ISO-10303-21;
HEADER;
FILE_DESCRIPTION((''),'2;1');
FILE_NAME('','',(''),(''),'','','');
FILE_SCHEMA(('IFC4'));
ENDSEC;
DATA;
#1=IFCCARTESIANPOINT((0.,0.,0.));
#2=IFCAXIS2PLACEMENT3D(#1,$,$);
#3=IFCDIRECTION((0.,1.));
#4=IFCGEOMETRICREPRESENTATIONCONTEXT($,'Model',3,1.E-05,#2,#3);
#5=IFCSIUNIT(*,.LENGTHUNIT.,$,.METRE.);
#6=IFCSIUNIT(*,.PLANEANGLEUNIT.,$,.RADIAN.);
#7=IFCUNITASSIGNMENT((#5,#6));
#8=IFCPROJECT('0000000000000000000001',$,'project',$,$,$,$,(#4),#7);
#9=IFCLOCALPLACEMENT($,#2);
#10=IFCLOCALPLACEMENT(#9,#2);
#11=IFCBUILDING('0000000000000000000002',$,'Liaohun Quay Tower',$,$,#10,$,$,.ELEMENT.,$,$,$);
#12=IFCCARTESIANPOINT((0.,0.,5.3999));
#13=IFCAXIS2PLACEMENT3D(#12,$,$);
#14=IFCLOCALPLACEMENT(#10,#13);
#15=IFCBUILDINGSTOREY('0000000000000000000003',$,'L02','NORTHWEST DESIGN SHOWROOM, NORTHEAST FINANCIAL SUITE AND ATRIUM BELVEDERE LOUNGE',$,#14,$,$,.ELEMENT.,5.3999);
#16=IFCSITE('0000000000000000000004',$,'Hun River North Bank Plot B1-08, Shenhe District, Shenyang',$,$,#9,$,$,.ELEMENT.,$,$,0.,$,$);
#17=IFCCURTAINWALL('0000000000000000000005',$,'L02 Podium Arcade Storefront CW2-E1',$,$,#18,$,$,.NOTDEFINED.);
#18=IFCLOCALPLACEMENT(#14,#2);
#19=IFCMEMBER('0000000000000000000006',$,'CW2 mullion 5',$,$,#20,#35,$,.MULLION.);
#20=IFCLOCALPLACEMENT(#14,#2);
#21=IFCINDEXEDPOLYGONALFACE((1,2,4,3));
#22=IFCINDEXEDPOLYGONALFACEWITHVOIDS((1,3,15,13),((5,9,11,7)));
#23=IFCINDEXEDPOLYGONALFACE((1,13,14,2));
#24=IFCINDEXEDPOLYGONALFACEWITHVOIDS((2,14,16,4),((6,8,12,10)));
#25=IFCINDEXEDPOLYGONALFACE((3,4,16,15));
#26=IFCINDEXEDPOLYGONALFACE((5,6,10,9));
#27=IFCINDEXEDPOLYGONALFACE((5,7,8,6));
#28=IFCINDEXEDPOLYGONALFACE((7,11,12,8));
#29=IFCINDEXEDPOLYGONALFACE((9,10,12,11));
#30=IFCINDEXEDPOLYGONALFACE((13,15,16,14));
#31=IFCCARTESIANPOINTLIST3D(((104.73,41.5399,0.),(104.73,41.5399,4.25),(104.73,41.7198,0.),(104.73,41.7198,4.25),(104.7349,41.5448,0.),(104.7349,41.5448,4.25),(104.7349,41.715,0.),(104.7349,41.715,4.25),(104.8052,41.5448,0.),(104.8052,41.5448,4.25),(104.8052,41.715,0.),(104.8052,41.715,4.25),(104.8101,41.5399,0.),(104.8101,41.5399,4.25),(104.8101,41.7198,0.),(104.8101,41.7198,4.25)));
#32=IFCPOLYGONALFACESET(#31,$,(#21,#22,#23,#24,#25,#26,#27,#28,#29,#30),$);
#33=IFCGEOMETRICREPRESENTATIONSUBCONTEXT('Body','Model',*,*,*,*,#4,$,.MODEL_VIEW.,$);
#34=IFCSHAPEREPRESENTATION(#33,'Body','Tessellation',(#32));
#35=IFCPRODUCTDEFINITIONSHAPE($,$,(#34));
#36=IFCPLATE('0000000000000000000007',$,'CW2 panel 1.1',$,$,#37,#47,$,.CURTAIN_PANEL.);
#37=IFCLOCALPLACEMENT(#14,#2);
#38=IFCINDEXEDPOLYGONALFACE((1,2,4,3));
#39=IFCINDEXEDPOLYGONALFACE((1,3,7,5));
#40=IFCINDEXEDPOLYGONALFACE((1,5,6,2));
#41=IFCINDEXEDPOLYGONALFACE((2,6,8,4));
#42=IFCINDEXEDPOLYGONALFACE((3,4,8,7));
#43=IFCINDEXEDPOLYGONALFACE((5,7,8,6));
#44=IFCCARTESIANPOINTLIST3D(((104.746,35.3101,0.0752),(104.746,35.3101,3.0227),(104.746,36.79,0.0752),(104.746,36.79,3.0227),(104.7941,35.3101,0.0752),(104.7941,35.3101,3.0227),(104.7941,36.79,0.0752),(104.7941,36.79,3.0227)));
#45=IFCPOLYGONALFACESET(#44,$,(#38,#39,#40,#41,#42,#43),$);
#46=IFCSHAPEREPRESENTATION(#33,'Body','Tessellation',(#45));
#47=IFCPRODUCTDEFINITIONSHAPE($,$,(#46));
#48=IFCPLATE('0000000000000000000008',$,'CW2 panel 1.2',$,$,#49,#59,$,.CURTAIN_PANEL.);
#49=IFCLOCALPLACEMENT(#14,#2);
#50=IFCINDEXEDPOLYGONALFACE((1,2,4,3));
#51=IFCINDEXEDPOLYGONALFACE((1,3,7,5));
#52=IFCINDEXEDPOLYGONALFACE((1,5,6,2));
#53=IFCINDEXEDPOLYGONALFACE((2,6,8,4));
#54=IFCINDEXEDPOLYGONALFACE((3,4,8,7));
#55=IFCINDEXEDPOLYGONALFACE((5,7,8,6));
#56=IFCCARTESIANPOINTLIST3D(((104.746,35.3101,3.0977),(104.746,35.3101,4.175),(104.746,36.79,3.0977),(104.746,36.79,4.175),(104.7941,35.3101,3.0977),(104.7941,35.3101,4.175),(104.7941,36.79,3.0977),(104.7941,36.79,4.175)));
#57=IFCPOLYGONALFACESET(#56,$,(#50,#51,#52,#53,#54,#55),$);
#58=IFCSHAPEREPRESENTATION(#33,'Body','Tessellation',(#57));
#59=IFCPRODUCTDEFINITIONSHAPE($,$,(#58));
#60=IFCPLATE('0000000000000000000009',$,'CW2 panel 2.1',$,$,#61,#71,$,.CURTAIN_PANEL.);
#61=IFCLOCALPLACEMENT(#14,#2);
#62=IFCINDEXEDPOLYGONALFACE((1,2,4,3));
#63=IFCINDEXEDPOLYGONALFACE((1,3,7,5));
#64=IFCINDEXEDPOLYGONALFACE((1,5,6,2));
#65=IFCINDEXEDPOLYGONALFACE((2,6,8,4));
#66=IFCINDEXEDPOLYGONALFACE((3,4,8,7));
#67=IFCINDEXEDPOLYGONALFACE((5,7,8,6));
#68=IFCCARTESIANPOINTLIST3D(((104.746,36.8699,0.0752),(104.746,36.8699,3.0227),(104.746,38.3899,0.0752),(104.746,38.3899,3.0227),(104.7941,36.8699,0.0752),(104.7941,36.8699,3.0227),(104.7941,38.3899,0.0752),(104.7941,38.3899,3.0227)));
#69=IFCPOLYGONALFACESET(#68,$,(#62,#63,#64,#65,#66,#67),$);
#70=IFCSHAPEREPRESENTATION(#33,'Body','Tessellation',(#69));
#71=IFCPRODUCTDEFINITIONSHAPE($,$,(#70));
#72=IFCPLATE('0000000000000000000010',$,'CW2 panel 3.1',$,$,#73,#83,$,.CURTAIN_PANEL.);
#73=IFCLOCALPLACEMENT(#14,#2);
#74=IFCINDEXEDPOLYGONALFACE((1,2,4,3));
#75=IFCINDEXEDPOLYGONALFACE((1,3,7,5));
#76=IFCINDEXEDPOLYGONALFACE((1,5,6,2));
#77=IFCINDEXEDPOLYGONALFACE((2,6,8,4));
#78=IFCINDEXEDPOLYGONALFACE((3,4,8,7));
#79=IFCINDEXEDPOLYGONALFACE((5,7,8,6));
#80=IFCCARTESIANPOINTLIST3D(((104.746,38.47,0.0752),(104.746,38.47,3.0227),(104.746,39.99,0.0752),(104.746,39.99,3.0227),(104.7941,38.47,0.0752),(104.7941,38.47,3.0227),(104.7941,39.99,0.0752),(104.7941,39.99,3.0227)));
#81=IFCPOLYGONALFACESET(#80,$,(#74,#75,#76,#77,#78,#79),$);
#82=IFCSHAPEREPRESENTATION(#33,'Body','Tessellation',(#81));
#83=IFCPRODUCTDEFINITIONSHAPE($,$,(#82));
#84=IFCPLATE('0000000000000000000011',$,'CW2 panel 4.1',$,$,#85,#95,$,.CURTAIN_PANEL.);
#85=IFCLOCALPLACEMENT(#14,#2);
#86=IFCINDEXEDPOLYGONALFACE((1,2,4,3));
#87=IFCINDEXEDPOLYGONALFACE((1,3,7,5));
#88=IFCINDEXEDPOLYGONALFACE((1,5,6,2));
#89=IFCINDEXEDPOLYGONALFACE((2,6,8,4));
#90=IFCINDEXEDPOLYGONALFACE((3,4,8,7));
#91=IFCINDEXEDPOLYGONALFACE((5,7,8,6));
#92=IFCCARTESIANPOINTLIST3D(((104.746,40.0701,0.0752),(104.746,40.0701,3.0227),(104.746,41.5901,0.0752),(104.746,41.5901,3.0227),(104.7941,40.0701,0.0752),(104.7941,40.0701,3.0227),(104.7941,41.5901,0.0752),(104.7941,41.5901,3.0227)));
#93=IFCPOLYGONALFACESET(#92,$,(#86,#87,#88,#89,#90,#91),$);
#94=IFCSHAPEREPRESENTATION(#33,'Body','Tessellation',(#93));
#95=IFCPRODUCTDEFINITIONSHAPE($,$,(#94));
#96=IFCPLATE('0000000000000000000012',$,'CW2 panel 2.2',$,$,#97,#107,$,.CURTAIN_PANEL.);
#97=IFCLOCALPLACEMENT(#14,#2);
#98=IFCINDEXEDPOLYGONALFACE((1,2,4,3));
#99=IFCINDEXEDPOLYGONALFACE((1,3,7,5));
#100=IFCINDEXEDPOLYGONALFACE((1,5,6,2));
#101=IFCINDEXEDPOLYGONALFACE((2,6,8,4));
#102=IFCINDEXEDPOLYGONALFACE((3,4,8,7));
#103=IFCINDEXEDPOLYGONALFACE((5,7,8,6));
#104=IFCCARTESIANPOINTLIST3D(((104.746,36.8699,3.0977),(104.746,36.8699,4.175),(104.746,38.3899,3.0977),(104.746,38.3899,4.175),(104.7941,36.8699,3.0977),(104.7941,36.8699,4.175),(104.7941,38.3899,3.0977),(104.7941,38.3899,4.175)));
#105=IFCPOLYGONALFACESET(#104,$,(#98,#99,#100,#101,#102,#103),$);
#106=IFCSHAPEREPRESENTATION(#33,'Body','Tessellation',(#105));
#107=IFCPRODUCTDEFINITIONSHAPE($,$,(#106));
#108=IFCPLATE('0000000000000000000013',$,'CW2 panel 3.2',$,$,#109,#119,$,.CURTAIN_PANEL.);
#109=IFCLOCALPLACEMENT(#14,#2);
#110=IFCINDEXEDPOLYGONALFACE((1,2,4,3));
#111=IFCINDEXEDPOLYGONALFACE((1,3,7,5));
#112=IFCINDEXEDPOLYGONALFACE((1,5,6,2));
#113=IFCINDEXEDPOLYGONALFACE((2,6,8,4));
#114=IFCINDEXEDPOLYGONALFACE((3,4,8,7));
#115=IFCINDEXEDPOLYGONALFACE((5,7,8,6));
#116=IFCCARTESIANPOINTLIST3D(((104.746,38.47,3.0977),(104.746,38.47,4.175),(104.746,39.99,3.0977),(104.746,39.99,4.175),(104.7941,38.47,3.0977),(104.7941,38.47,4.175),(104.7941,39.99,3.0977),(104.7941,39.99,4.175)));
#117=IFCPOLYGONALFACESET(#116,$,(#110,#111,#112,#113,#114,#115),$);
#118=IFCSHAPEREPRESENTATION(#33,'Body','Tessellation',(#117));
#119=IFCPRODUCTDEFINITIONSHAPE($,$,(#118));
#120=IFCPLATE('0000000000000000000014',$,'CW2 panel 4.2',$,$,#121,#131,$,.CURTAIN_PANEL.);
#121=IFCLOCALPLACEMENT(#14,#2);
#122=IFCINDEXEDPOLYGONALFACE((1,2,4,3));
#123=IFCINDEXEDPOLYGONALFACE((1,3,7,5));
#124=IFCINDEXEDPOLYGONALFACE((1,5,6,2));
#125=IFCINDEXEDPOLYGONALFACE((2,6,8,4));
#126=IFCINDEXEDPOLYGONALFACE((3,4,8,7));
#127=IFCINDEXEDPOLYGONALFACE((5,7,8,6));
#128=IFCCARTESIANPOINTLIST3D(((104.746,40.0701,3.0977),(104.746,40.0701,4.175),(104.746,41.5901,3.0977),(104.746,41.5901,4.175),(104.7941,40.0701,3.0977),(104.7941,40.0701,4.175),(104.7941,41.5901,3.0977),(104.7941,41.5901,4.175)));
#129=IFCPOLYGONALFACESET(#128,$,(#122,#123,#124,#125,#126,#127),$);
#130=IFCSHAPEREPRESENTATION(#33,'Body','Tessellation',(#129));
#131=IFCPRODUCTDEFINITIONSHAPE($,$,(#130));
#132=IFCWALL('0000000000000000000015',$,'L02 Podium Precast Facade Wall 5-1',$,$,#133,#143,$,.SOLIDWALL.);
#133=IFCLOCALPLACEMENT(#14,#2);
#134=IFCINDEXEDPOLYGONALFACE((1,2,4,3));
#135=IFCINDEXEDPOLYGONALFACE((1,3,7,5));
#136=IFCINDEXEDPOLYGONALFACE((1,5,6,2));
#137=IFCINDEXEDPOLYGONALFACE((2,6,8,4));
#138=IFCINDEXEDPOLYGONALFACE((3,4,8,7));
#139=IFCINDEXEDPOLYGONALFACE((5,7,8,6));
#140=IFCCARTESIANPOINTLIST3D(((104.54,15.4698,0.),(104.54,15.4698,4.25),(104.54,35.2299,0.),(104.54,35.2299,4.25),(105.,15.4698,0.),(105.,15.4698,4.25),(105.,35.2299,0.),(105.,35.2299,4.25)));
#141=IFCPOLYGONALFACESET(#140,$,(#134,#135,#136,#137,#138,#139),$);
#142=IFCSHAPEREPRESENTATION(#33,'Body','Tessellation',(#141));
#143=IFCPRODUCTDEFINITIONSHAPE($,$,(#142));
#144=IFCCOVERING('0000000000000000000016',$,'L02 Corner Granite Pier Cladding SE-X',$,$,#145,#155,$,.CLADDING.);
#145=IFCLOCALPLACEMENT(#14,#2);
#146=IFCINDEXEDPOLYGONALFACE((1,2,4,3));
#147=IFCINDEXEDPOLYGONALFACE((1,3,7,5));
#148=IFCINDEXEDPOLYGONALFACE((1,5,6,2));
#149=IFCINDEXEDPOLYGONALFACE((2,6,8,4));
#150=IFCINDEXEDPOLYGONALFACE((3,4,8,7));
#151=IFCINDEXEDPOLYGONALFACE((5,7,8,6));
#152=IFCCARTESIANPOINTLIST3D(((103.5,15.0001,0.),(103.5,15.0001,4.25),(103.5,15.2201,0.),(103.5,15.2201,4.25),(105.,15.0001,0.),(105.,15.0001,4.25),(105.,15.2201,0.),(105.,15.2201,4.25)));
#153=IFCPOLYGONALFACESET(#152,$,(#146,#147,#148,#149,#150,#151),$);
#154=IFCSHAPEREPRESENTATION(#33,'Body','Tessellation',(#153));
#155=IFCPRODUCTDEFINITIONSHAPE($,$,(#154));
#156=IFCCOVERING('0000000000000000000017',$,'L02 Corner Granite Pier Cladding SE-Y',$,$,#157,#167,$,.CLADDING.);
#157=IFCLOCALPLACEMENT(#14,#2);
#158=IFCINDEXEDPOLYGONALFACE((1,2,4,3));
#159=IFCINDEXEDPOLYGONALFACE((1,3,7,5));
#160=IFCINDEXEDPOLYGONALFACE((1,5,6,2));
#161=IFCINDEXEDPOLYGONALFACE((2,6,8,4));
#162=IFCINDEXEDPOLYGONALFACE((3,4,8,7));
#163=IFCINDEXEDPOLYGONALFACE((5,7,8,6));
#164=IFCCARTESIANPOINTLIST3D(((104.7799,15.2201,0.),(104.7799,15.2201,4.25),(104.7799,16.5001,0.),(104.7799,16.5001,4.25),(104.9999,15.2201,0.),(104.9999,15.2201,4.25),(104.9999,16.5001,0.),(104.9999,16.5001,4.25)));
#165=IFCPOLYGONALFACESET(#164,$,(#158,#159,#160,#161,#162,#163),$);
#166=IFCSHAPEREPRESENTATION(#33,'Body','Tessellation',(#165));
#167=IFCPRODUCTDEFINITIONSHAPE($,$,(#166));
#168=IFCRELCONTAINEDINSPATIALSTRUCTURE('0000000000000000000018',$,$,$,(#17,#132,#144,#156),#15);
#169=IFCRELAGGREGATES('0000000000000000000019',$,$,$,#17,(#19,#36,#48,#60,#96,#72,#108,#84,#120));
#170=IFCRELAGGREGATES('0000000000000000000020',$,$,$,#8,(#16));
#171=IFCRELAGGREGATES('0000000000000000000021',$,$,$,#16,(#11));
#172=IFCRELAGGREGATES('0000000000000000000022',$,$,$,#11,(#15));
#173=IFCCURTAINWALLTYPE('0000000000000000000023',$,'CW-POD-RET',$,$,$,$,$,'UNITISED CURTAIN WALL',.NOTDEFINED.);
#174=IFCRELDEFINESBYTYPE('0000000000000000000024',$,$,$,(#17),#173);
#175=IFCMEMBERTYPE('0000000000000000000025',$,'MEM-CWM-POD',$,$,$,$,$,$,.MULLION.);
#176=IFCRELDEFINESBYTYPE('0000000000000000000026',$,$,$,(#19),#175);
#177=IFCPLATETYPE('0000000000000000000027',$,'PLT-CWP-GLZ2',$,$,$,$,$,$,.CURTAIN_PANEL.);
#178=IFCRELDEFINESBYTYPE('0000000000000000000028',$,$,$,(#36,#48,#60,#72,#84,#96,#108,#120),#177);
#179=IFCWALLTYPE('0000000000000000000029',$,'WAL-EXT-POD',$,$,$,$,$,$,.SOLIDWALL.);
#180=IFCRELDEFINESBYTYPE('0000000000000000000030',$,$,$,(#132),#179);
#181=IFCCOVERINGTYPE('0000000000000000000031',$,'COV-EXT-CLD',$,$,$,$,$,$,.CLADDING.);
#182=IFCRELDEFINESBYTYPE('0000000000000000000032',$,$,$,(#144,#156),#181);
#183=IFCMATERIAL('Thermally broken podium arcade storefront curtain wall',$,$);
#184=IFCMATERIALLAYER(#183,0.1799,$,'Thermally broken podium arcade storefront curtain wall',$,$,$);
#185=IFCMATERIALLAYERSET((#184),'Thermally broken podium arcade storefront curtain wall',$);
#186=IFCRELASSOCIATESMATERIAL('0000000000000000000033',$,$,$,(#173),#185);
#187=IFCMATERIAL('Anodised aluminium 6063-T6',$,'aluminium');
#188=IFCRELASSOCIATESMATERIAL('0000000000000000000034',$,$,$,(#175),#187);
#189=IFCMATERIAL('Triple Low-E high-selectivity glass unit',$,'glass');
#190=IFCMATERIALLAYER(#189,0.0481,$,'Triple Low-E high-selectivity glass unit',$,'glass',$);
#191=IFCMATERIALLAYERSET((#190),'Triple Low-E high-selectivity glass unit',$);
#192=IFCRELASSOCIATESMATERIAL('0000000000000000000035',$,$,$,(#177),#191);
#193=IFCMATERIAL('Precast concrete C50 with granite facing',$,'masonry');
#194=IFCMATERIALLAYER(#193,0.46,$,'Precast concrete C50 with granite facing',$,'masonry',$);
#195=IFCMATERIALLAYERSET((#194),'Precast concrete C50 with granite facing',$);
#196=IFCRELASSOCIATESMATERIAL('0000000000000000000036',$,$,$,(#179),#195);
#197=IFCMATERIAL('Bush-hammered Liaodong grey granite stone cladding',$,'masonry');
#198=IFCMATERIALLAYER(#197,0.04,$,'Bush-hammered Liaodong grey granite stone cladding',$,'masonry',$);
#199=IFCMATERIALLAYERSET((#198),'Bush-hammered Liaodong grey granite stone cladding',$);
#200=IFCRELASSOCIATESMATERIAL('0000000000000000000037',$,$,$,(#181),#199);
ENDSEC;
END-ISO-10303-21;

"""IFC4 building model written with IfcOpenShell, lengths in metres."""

from ifc_helpers import new_model, si_unit, direction, frame, frame_2d, origin, origin_2d, place, context, subcontext, project, spatial, rectangle, hollow_rectangle, extrude, source, transform, mapped, material, layer, layer_set, material_profile, profile_set, type_object, element, aggregate, save


model = new_model("IFC4")

# Units and contexts
model_context = context("Model", 3, precision=1e-05, world=origin(), true_north=direction((0.0, 1.0)))
body_context = subcontext(model_context, "Body", "Model", "MODEL_VIEW")
ifc_project = project(units=[si_unit("LENGTHUNIT", "METRE"), si_unit("PLANEANGLEUNIT", "RADIAN")], contexts=[model_context])

# Site, building, storey
site_placement = place(None, origin())
site = spatial("IfcSite", under=ifc_project, at=site_placement, Name="Hun River North Bank Plot B1-08, Shenhe District, Shenyang", CompositionType="ELEMENT", RefElevation=0.0)
building_placement = place(site_placement, origin())
building = spatial("IfcBuilding", under=site, at=building_placement, Name="Liaohun Quay Tower", CompositionType="ELEMENT")
storey_placement = place(building_placement, frame((0.0, 0.0, 5.3999)))
storey = spatial("IfcBuildingStorey", under=building, at=storey_placement, Name="L02", Description="NORTHWEST DESIGN SHOWROOM, NORTHEAST FINANCIAL SUITE AND ATRIUM BELVEDERE LOUNGE", CompositionType="ELEMENT", Elevation=5.3999)

# Curtain wall, member, plates
ifc_material_1 = material(Name="Thermally broken podium arcade storefront curtain wall")
ifc_layer_1 = layer(ifc_material_1, 0.1799, Name="Thermally broken podium arcade storefront curtain wall")
ifc_layer_set_1 = layer_set([ifc_layer_1], Name="Thermally broken podium arcade storefront curtain wall")
curtain_wall_type = type_object("IfcCurtainWallType", Name="CW-POD-RET", ElementType="UNITISED CURTAIN WALL", PredefinedType="NOTDEFINED", material=ifc_layer_set_1)
curtain_wall_placement = place(storey_placement, origin())
curtain_wall = element("IfcCurtainWall", 1, at=curtain_wall_placement, inside=storey, type_object=curtain_wall_type, Name="L02 Podium Arcade Storefront CW2-E1", PredefinedType="NOTDEFINED")
ifc_material_2 = material(Name="Anodised aluminium 6063-T6", Category="aluminium")
ifc_material_profile_1 = material_profile(ifc_material_2, hollow_rectangle(XDim=0.0801, YDim=0.1799, WallThickness=0.0049, at=origin_2d()), Name="RHS180x80x5")
ifc_profile_set_1 = profile_set([ifc_material_profile_1], Name="Anodised aluminium 6063-T6")
member_type_1 = type_object("IfcMemberType", Name="MEM-CWM-POD", PredefinedType="MULLION", material=ifc_profile_set_1)
shared_shape_1 = source(origin(), body_context, "Body", "SweptSolid", [
    extrude(hollow_rectangle(XDim=0.0801, YDim=0.1799, WallThickness=0.0049, at=origin_2d()), origin(), (0.0, 0.0, 1.0), 4.25),
])
member_1_placement = place(storey_placement, frame((104.77, 41.6299, 0.0), z_axis=(0.0, 0.0, 1.0), x_axis=(-1.0, 0.0, 0.0)))
member_1 = element("IfcMember", 2, at=member_1_placement, type_object=member_type_1, Name="CW2 mullion 5", PredefinedType="MULLION", context=body_context, shape_type="MappedRepresentation", body=[
    mapped(shared_shape_1, transform((0.0, 0.0, 0.0), x_axis=(1.0, 0.0, 0.0), y_axis=(0.0, 1.0, 0.0), z_axis=(0.0, 0.0, 1.0), scale=1.0)),
])
ifc_material_3 = material(Name="Triple Low-E high-selectivity glass unit", Category="glass")
ifc_layer_2 = layer(ifc_material_3, 0.0481, Name="Triple Low-E high-selectivity glass unit", Category="glass")
ifc_layer_set_2 = layer_set([ifc_layer_2], Name="Triple Low-E high-selectivity glass unit")
plate_type = type_object("IfcPlateType", Name="PLT-CWP-GLZ2", PredefinedType="CURTAIN_PANEL", material=ifc_layer_set_2)
shared_shape_2 = source(origin(), body_context, "Body", "SweptSolid", [
    extrude(rectangle(XDim=1.48, YDim=0.0481, at=origin_2d()), origin(), (0.0, 0.0, 1.0), 2.9475),
])
plate_1_placement = place(storey_placement, frame((104.77, 36.05, 0.0752), z_axis=(0.0, 0.0, 1.0), x_axis=(0.0, 1.0, 0.0)))
plate_1 = element("IfcPlate", 3, at=plate_1_placement, type_object=plate_type, Name="CW2 panel 1.1", PredefinedType="CURTAIN_PANEL", context=body_context, shape_type="MappedRepresentation", body=[
    mapped(shared_shape_2, transform((0.0, 0.0, 0.0), x_axis=(1.0, 0.0, 0.0), y_axis=(0.0, 1.0, 0.0), z_axis=(0.0, 0.0, 1.0), scale=1.0)),
])
shared_shape_3 = source(origin(), body_context, "Body", "SweptSolid", [
    extrude(rectangle(XDim=1.48, YDim=0.0481, at=origin_2d()), origin(), (0.0, 0.0, 1.0), 1.0774),
])
plate_2_placement = place(storey_placement, frame((104.77, 36.05, 3.0977), z_axis=(0.0, 0.0, 1.0), x_axis=(0.0, 1.0, 0.0)))
plate_2 = element("IfcPlate", 4, at=plate_2_placement, type_object=plate_type, Name="CW2 panel 1.2", PredefinedType="CURTAIN_PANEL", context=body_context, shape_type="MappedRepresentation", body=[
    mapped(shared_shape_3, transform((0.0, 0.0, 0.0), x_axis=(1.0, 0.0, 0.0), y_axis=(0.0, 1.0, 0.0), z_axis=(0.0, 0.0, 1.0), scale=1.0)),
])
shared_shape_4 = source(origin(), body_context, "Body", "SweptSolid", [
    extrude(rectangle(XDim=1.52, YDim=0.0481, at=origin_2d()), origin(), (0.0, 0.0, 1.0), 2.9475),
])
plate_3_placement = place(storey_placement, frame((104.77, 37.6299, 0.0752), z_axis=(0.0, 0.0, 1.0), x_axis=(0.0, 1.0, 0.0)))
plate_3 = element("IfcPlate", 5, at=plate_3_placement, type_object=plate_type, Name="CW2 panel 2.1", PredefinedType="CURTAIN_PANEL", context=body_context, shape_type="MappedRepresentation", body=[
    mapped(shared_shape_4, transform((0.0, 0.0, 0.0), x_axis=(1.0, 0.0, 0.0), y_axis=(0.0, 1.0, 0.0), z_axis=(0.0, 0.0, 1.0), scale=1.0)),
])
plate_4_placement = place(storey_placement, frame((104.77, 39.23, 0.0752), z_axis=(0.0, 0.0, 1.0), x_axis=(0.0, 1.0, 0.0)))
plate_4 = element("IfcPlate", 6, at=plate_4_placement, type_object=plate_type, Name="CW2 panel 3.1", PredefinedType="CURTAIN_PANEL", context=body_context, shape_type="MappedRepresentation", body=[
    mapped(shared_shape_4, transform((0.0, 0.0, 0.0), x_axis=(1.0, 0.0, 0.0), y_axis=(0.0, 1.0, 0.0), z_axis=(0.0, 0.0, 1.0), scale=1.0)),
])
plate_5_placement = place(storey_placement, frame((104.77, 40.8301, 0.0752), z_axis=(0.0, 0.0, 1.0), x_axis=(0.0, 1.0, 0.0)))
plate_5 = element("IfcPlate", 7, at=plate_5_placement, type_object=plate_type, Name="CW2 panel 4.1", PredefinedType="CURTAIN_PANEL", context=body_context, shape_type="MappedRepresentation", body=[
    mapped(shared_shape_4, transform((0.0, 0.0, 0.0), x_axis=(1.0, 0.0, 0.0), y_axis=(0.0, 1.0, 0.0), z_axis=(0.0, 0.0, 1.0), scale=1.0)),
])
shared_shape_5 = source(origin(), body_context, "Body", "SweptSolid", [
    extrude(rectangle(XDim=1.52, YDim=0.0481, at=origin_2d()), origin(), (0.0, 0.0, 1.0), 1.0774),
])
plate_6_placement = place(storey_placement, frame((104.77, 37.6299, 3.0977), z_axis=(0.0, 0.0, 1.0), x_axis=(0.0, 1.0, 0.0)))
plate_6 = element("IfcPlate", 8, at=plate_6_placement, type_object=plate_type, Name="CW2 panel 2.2", PredefinedType="CURTAIN_PANEL", context=body_context, shape_type="MappedRepresentation", body=[
    mapped(shared_shape_5, transform((0.0, 0.0, 0.0), x_axis=(1.0, 0.0, 0.0), y_axis=(0.0, 1.0, 0.0), z_axis=(0.0, 0.0, 1.0), scale=1.0)),
])
plate_7_placement = place(storey_placement, frame((104.77, 39.23, 3.0977), z_axis=(0.0, 0.0, 1.0), x_axis=(0.0, 1.0, 0.0)))
plate_7 = element("IfcPlate", 9, at=plate_7_placement, type_object=plate_type, Name="CW2 panel 3.2", PredefinedType="CURTAIN_PANEL", context=body_context, shape_type="MappedRepresentation", body=[
    mapped(shared_shape_5, transform((0.0, 0.0, 0.0), x_axis=(1.0, 0.0, 0.0), y_axis=(0.0, 1.0, 0.0), z_axis=(0.0, 0.0, 1.0), scale=1.0)),
])
plate_8_placement = place(storey_placement, frame((104.77, 40.8301, 3.0977), z_axis=(0.0, 0.0, 1.0), x_axis=(0.0, 1.0, 0.0)))
plate_8 = element("IfcPlate", 10, at=plate_8_placement, type_object=plate_type, Name="CW2 panel 4.2", PredefinedType="CURTAIN_PANEL", context=body_context, shape_type="MappedRepresentation", body=[
    mapped(shared_shape_5, transform((0.0, 0.0, 0.0), x_axis=(1.0, 0.0, 0.0), y_axis=(0.0, 1.0, 0.0), z_axis=(0.0, 0.0, 1.0), scale=1.0)),
])
aggregate(curtain_wall, [member_1, plate_1, plate_2, plate_3, plate_6, plate_4, plate_7, plate_5, plate_8])

# Wall
ifc_material_4 = material(Name="Precast concrete C50 with granite facing", Category="masonry")
ifc_layer_3 = layer(ifc_material_4, 0.46, Name="Precast concrete C50 with granite facing", Category="masonry")
ifc_layer_set_3 = layer_set([ifc_layer_3], Name="Precast concrete C50 with granite facing")
wall_type = type_object("IfcWallType", Name="WAL-EXT-POD", PredefinedType="SOLIDWALL", material=ifc_layer_set_3)
wall_placement = place(storey_placement, frame((104.77, 15.47, 0.0), z_axis=(0.0, 0.0, 1.0), x_axis=(0.0, 1.0, 0.0)))
element("IfcWall", 11, at=wall_placement, inside=storey, type_object=wall_type, Name="L02 Podium Precast Facade Wall 5-1", PredefinedType="SOLIDWALL", context=body_context, shape_type="SweptSolid", body=[
    extrude(rectangle(XDim=19.76, YDim=0.46, at=frame_2d((9.8799, 0.0))), origin(), (0.0, 0.0, 1.0), 4.25),
])

# Coverings
ifc_material_5 = material(Name="Bush-hammered Liaodong grey granite stone cladding", Category="masonry")
ifc_layer_4 = layer(ifc_material_5, 0.04, Name="Bush-hammered Liaodong grey granite stone cladding", Category="masonry")
ifc_layer_set_4 = layer_set([ifc_layer_4], Name="Bush-hammered Liaodong grey granite stone cladding")
covering_type = type_object("IfcCoveringType", Name="COV-EXT-CLD", PredefinedType="CLADDING", material=ifc_layer_set_4)
shared_shape_6 = source(origin(), body_context, "Body", "SweptSolid", [
    extrude(rectangle(XDim=1.5, YDim=0.22, at=origin_2d()), origin(), (0.0, 0.0, 1.0), 4.25),
])
covering_1_placement = place(storey_placement, frame((104.25, 15.1101, 0.0), z_axis=(0.0, 0.0, 1.0), x_axis=(1.0, 0.0, 0.0)))
element("IfcCovering", 12, at=covering_1_placement, inside=storey, type_object=covering_type, Name="L02 Corner Granite Pier Cladding SE-X", PredefinedType="CLADDING", context=body_context, shape_type="MappedRepresentation", body=[
    mapped(shared_shape_6, transform((0.0, 0.0, 0.0), x_axis=(1.0, 0.0, 0.0), y_axis=(0.0, 1.0, 0.0), z_axis=(0.0, 0.0, 1.0), scale=1.0)),
])
shared_shape_7 = source(origin(), body_context, "Body", "SweptSolid", [
    extrude(rectangle(XDim=0.22, YDim=1.28, at=origin_2d()), origin(), (0.0, 0.0, 1.0), 4.25),
])
covering_2_placement = place(storey_placement, frame((104.8899, 15.8601, 0.0), z_axis=(0.0, 0.0, 1.0), x_axis=(1.0, 0.0, 0.0)))
element("IfcCovering", 13, at=covering_2_placement, inside=storey, type_object=covering_type, Name="L02 Corner Granite Pier Cladding SE-Y", PredefinedType="CLADDING", context=body_context, shape_type="MappedRepresentation", body=[
    mapped(shared_shape_7, transform((0.0, 0.0, 0.0), x_axis=(1.0, 0.0, 0.0), y_axis=(0.0, 1.0, 0.0), z_axis=(0.0, 0.0, 1.0), scale=1.0)),
])

save(model, "model.ifc")
